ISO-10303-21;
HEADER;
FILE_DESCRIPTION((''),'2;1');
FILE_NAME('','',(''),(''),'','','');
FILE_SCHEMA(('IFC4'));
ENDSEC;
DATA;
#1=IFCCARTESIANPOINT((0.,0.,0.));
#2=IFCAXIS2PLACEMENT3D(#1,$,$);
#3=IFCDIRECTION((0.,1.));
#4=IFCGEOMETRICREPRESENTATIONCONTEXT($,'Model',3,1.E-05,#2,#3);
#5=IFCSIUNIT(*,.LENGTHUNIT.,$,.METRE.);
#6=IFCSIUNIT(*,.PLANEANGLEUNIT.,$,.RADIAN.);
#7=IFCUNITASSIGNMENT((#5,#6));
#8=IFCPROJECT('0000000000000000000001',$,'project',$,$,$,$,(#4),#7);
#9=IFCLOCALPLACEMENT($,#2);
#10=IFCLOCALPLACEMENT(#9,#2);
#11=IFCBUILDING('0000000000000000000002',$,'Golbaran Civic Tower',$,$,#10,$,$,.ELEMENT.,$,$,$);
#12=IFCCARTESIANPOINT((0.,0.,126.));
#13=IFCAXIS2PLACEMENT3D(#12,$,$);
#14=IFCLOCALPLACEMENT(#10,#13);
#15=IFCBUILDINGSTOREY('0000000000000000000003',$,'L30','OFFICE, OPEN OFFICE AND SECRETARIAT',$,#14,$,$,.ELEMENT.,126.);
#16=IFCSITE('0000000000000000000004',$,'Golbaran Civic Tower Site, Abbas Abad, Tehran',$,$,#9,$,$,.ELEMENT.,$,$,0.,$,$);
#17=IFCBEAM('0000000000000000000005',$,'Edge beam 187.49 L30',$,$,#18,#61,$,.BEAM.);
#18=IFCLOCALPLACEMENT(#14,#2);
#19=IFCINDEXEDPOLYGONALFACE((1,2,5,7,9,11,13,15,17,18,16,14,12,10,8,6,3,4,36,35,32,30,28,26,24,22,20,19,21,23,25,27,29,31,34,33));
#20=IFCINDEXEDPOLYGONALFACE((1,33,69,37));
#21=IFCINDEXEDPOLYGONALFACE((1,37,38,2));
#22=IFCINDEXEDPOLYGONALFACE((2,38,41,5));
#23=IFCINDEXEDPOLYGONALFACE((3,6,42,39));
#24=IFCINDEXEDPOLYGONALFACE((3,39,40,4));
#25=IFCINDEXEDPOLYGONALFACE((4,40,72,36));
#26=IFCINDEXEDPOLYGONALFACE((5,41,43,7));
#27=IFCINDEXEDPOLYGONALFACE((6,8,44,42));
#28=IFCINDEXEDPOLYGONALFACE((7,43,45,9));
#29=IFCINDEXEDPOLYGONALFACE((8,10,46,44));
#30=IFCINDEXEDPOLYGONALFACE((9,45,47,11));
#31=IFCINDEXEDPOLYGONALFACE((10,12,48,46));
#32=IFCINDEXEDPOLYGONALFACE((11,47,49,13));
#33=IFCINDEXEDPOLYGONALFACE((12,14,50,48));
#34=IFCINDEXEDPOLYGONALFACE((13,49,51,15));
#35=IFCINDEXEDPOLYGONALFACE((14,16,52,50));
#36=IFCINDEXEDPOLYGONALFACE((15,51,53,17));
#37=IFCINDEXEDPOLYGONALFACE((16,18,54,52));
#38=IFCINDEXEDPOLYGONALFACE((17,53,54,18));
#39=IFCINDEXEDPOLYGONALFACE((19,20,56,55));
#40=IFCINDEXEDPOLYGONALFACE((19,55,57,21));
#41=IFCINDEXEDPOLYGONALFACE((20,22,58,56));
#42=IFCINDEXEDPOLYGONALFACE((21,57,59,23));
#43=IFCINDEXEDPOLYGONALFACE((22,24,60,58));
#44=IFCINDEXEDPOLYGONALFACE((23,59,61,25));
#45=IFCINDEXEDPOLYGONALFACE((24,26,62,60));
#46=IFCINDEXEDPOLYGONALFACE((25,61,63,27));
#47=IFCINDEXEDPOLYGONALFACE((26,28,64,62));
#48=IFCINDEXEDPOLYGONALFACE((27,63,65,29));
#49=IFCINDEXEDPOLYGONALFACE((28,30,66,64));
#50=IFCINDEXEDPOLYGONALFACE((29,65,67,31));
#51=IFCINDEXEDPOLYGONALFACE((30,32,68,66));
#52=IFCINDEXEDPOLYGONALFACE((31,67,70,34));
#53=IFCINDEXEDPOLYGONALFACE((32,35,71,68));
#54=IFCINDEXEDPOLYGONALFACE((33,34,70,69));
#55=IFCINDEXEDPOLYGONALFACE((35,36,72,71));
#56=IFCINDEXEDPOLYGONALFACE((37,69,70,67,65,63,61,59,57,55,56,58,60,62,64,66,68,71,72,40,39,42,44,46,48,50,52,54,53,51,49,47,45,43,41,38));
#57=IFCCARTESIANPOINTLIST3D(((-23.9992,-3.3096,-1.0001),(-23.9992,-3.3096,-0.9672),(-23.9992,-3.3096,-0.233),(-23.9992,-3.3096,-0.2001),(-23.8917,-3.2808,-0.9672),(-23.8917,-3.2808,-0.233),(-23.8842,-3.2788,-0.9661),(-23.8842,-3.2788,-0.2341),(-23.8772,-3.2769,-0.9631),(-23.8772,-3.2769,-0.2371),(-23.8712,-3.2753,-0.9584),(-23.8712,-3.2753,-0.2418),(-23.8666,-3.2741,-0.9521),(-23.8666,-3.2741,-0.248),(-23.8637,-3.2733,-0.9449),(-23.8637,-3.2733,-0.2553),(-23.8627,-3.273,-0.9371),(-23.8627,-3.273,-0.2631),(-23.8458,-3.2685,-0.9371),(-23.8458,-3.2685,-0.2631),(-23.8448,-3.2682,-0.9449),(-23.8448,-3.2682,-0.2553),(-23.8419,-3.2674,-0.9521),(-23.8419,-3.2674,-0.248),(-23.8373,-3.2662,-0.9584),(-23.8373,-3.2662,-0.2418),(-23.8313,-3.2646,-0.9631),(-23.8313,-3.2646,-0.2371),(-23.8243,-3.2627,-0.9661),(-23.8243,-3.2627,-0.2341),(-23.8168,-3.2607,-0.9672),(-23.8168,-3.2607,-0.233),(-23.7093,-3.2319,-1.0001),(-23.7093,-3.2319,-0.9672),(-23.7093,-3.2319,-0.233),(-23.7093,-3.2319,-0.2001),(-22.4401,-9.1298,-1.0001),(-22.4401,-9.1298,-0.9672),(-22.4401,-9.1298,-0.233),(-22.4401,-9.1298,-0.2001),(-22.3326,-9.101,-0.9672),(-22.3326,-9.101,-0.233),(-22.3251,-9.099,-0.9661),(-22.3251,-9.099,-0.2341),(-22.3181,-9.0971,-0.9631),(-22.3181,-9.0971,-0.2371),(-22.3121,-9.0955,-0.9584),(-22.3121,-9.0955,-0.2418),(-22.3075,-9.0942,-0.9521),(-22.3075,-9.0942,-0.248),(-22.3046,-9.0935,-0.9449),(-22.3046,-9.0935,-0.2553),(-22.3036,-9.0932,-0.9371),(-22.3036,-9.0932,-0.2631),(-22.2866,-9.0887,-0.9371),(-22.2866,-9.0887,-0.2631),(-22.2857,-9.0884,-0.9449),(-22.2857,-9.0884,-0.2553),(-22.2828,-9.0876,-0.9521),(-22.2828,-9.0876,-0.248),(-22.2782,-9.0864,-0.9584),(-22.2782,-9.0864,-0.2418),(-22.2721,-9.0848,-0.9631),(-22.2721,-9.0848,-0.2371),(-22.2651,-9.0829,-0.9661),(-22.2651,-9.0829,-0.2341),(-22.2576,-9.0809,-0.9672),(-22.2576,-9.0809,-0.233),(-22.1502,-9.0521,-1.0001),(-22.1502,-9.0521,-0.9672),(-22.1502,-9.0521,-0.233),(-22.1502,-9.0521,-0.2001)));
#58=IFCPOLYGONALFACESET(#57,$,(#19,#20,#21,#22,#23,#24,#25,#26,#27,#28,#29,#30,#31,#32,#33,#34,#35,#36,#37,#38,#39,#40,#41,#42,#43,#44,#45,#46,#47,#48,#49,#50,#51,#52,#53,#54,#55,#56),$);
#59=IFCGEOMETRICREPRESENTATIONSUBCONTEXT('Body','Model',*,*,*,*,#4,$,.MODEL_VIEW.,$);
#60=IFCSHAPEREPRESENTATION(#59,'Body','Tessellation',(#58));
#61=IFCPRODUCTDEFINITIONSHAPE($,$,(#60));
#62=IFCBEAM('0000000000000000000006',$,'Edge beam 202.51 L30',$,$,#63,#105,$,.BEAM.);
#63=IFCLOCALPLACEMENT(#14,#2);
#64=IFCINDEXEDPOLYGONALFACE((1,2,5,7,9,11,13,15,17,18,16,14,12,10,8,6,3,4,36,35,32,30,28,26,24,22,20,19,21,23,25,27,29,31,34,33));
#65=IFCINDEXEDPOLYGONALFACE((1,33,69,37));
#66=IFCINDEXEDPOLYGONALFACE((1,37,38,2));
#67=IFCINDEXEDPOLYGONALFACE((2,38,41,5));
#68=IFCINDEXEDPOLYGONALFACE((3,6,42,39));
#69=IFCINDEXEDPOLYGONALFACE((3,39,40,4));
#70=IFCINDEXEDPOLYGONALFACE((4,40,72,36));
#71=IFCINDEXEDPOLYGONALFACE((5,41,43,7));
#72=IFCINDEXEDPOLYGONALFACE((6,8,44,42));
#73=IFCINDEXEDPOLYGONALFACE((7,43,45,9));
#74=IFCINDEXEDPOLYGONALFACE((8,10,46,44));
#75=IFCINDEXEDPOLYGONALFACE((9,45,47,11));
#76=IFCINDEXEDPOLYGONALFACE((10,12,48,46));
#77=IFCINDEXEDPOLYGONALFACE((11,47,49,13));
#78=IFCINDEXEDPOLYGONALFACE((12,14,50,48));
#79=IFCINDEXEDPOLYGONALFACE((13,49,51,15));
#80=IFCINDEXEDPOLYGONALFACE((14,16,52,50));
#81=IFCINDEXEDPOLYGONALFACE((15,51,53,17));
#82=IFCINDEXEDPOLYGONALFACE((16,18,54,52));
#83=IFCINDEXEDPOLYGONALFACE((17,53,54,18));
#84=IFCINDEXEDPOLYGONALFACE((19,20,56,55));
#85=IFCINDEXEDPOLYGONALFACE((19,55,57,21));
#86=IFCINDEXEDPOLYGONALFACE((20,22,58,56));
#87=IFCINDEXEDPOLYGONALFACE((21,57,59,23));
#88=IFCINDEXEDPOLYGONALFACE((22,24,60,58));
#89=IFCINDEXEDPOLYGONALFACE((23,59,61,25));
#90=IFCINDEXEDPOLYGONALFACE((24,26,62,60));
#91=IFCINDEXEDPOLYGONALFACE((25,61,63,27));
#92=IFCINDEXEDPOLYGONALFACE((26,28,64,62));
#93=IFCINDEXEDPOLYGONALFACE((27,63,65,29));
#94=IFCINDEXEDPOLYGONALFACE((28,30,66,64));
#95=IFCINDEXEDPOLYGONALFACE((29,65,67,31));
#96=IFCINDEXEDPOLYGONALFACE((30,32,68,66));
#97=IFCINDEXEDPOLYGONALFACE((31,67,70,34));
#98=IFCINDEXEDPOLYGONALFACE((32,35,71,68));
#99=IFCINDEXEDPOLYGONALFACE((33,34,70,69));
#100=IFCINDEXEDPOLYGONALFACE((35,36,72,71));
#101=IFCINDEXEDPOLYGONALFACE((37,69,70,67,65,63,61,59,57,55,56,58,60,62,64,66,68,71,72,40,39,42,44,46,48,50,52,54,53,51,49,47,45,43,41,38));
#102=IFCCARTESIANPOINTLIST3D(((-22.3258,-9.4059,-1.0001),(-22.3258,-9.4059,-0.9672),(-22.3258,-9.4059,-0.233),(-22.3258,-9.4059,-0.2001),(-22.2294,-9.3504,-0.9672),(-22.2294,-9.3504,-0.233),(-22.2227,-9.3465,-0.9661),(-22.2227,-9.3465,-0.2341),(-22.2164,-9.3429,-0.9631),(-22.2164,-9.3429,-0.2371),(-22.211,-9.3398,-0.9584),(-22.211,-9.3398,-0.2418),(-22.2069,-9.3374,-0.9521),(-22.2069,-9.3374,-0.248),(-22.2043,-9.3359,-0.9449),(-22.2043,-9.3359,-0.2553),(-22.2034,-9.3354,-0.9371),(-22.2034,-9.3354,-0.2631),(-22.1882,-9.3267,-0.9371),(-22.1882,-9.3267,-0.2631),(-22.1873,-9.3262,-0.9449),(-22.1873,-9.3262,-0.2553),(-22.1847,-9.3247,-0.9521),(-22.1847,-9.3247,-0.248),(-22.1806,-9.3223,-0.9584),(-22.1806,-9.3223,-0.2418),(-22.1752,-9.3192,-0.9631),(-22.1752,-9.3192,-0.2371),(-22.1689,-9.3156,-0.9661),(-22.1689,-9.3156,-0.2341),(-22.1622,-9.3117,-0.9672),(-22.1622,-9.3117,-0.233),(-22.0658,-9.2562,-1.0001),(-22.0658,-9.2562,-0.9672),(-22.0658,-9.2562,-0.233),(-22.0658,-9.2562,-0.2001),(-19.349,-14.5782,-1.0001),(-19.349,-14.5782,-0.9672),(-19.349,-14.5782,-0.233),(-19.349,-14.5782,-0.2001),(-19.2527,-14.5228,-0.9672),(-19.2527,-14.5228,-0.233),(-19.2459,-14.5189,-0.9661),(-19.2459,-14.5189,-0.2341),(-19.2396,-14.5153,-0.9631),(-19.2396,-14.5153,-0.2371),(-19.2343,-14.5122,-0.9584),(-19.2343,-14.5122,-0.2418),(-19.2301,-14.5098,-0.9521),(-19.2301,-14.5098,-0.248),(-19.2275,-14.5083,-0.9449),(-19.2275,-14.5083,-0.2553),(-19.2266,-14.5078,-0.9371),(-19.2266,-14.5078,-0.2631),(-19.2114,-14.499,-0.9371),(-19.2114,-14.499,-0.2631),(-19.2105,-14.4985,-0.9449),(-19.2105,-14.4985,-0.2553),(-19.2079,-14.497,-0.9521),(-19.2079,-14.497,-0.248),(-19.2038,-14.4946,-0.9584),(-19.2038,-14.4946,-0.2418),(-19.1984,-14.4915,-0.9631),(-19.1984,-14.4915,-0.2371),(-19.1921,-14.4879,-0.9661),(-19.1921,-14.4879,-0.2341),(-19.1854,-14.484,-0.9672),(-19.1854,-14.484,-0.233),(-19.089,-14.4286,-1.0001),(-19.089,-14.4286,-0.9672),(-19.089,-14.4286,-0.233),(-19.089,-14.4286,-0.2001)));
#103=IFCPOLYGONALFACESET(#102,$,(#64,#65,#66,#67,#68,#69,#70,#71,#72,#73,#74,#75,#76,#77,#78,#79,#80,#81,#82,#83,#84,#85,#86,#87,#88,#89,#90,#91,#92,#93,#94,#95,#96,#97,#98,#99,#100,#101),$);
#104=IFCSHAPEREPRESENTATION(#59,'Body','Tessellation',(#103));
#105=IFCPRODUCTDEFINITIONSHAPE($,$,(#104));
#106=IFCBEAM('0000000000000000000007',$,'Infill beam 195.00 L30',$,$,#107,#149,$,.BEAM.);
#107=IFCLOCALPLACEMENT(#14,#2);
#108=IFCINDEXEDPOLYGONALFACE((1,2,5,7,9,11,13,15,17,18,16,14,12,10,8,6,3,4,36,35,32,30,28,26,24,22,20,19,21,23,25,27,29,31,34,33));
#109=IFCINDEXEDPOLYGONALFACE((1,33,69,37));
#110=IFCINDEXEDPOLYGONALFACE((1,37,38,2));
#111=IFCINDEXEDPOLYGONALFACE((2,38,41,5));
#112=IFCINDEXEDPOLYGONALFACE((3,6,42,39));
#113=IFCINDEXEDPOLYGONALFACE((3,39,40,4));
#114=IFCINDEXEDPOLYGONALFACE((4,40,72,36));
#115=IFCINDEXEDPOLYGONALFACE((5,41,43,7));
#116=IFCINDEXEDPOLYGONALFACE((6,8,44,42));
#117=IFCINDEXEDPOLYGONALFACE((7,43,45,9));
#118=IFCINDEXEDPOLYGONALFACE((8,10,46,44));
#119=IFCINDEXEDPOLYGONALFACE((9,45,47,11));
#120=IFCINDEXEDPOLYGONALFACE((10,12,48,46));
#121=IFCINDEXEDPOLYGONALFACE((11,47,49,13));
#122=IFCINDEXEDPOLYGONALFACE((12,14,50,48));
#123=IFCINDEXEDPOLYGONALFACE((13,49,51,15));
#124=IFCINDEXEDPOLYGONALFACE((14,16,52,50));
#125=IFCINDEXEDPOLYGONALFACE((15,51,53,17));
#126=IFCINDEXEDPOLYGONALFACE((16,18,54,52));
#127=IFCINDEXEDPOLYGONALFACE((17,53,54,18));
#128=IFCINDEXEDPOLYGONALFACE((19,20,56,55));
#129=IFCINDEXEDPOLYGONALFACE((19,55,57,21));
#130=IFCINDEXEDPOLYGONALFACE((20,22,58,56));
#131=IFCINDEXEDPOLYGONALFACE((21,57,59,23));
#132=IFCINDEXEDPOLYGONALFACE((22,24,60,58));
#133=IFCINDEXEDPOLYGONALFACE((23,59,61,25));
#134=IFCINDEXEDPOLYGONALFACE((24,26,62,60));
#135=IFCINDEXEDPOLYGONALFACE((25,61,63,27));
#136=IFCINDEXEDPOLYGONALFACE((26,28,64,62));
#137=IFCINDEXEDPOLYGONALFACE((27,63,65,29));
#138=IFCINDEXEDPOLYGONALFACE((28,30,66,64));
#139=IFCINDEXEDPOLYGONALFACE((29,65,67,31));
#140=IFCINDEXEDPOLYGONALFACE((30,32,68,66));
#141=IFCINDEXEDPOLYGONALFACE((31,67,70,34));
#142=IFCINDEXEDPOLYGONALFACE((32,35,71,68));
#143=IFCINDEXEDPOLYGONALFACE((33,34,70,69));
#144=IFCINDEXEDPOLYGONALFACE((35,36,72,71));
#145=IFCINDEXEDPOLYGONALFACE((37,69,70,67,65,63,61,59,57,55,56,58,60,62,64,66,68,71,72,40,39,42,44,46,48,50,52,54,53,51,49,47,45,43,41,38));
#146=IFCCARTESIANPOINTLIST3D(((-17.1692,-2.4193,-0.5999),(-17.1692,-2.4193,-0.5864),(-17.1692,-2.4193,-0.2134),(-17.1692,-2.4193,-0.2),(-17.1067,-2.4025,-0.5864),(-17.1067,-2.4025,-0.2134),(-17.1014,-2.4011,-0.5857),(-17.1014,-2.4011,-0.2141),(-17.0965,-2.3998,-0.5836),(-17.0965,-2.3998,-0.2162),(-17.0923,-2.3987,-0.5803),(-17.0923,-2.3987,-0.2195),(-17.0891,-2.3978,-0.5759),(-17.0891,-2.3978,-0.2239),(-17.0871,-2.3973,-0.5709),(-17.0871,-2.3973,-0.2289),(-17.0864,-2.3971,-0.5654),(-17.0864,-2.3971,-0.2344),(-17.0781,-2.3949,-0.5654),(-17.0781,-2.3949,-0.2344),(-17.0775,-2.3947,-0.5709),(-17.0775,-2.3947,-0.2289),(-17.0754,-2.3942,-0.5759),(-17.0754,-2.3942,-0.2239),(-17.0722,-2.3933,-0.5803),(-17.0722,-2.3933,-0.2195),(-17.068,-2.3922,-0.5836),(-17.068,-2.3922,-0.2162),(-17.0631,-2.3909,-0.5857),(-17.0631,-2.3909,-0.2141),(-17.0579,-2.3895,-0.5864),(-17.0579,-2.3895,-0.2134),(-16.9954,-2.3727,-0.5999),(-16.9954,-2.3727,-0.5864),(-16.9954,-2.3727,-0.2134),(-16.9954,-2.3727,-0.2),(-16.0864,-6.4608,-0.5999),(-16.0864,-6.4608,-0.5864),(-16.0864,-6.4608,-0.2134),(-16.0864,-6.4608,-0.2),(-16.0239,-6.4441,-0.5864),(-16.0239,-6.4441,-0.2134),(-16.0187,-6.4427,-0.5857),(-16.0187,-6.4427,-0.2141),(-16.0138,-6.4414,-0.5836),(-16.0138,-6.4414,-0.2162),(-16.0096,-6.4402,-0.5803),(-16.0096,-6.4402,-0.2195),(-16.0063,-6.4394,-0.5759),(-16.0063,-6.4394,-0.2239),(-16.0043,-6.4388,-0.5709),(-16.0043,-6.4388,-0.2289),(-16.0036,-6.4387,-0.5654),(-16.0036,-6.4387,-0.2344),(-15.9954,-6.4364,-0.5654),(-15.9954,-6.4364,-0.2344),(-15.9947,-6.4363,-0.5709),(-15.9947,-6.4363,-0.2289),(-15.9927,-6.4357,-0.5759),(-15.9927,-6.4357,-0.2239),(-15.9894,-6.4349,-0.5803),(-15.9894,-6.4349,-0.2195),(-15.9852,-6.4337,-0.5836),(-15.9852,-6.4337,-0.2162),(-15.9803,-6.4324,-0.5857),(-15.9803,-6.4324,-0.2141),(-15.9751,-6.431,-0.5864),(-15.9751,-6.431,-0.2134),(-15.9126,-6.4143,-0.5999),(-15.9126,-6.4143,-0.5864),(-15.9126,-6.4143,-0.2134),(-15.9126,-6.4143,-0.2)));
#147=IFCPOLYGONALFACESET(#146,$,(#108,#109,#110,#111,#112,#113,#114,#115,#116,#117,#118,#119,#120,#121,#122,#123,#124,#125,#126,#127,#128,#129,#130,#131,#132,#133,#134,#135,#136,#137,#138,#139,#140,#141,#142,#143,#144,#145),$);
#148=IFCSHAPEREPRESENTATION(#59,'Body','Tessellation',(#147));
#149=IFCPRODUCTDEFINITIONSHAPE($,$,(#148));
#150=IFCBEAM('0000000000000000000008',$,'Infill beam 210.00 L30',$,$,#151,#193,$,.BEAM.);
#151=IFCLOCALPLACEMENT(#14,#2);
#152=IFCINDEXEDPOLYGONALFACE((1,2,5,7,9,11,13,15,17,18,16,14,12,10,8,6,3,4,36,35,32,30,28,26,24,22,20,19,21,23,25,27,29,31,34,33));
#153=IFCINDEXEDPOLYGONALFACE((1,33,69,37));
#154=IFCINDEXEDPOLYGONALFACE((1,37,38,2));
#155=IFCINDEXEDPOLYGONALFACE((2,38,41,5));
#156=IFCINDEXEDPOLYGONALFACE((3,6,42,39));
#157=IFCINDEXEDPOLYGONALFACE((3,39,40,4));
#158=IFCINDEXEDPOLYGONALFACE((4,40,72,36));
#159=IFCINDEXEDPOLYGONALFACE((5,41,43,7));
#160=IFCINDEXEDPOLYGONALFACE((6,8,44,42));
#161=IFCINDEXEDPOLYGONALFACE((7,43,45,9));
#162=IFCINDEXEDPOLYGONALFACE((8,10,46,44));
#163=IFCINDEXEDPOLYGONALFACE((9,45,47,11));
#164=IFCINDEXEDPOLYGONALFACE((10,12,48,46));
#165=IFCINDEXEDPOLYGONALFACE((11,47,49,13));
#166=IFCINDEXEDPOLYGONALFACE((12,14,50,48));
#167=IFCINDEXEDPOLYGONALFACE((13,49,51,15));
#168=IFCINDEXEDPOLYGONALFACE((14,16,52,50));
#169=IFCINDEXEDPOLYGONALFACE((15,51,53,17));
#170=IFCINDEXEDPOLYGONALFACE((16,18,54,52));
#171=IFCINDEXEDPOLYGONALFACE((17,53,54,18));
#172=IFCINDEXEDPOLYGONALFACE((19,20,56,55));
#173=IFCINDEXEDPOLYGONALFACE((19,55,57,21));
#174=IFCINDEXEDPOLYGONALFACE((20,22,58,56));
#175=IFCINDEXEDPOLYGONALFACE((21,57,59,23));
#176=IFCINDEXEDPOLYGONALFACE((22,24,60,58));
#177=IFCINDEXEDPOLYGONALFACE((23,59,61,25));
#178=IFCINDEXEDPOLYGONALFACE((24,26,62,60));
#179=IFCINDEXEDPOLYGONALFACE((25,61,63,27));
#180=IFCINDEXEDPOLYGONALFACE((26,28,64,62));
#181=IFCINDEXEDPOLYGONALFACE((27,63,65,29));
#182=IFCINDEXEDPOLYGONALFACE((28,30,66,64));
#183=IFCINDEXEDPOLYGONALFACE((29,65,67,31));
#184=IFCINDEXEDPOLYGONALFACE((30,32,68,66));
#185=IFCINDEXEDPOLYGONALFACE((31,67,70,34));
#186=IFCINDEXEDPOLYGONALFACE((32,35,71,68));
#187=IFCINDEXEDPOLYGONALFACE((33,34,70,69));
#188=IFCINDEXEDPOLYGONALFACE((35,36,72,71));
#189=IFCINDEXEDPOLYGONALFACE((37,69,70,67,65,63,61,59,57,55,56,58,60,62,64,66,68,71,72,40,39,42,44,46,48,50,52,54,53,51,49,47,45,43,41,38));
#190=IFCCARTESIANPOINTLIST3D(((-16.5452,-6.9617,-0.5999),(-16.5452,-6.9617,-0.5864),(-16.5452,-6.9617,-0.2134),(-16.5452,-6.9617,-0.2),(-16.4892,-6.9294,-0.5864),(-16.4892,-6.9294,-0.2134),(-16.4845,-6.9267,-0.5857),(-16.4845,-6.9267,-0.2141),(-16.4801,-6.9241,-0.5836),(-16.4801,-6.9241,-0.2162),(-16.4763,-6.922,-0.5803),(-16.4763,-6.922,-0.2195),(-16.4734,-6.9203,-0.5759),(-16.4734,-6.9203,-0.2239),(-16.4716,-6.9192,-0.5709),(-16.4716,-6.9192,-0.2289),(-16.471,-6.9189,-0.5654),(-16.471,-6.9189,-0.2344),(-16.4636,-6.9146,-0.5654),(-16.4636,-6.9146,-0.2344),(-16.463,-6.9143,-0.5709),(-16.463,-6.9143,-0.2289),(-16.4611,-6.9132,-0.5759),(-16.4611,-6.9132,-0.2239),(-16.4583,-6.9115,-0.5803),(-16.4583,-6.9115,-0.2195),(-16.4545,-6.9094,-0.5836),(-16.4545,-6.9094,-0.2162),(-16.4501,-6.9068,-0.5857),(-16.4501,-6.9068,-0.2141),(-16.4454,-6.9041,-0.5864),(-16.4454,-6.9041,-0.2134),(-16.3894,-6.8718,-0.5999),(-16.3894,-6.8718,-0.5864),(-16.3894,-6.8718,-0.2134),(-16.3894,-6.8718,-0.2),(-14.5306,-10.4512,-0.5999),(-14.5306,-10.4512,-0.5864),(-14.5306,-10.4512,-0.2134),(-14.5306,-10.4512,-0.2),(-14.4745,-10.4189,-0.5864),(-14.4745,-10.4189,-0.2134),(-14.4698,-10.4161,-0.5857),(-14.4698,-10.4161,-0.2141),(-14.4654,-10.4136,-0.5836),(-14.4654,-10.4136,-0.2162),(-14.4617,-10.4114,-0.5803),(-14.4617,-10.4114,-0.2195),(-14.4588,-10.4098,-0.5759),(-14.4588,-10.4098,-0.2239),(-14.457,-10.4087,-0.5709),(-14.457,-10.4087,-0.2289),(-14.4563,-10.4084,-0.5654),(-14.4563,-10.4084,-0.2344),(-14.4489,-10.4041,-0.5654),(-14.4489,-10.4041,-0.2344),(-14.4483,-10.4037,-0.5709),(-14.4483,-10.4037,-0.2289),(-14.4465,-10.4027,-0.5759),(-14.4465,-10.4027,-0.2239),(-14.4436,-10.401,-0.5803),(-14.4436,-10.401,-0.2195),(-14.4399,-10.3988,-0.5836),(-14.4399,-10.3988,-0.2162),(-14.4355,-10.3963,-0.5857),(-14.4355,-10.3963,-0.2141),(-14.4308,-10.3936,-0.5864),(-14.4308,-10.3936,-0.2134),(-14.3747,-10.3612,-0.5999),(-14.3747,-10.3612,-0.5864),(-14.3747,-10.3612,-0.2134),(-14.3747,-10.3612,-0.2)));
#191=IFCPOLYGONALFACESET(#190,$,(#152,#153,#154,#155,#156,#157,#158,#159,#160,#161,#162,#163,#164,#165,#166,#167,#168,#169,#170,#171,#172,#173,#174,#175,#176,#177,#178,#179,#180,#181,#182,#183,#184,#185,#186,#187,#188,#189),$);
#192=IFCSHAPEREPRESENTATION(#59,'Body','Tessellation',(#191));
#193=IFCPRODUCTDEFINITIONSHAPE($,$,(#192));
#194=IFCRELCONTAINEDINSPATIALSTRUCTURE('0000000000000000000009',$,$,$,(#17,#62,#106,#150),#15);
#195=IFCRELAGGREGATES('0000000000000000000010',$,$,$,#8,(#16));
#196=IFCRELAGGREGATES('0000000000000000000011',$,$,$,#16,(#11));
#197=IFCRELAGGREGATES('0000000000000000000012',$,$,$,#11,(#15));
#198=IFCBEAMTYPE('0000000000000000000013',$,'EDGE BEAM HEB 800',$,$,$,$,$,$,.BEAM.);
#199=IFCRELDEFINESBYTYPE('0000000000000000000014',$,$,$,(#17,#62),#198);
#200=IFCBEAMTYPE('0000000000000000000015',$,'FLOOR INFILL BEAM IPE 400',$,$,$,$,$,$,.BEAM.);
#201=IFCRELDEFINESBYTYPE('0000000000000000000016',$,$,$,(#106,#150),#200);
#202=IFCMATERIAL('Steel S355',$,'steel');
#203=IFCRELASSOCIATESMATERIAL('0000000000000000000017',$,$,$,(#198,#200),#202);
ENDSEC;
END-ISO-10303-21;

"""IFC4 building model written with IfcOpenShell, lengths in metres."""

from ifc_helpers import new_model, si_unit, direction, frame, origin, origin_2d, place, context, subcontext, project, spatial, i_section, extrude, material, material_profile, profile_set, type_object, element, save


model = new_model("IFC4")

# Units and contexts
model_context = context("Model", 3, precision=1e-05, world=origin(), true_north=direction((0.0, 1.0)))
body_context = subcontext(model_context, "Body", "Model", "MODEL_VIEW")
ifc_project = project(units=[si_unit("LENGTHUNIT", "METRE"), si_unit("PLANEANGLEUNIT", "RADIAN")], contexts=[model_context])

# Site, building, storey
site_placement = place(None, origin())
site = spatial("IfcSite", under=ifc_project, at=site_placement, Name="Golbaran Civic Tower Site, Abbas Abad, Tehran", CompositionType="ELEMENT", RefElevation=0.0)
building_placement = place(site_placement, origin())
building = spatial("IfcBuilding", under=site, at=building_placement, Name="Golbaran Civic Tower", CompositionType="ELEMENT")
storey_placement = place(building_placement, frame((0.0, 0.0, 126.0)))
storey = spatial("IfcBuildingStorey", under=building, at=storey_placement, Name="L30", Description="OFFICE, OPEN OFFICE AND SECRETARIAT", CompositionType="ELEMENT", Elevation=126.0)

# Beams
ifc_material_1 = material(Name="Steel S355", Category="steel")
ifc_material_profile_1 = material_profile(ifc_material_1, i_section(OverallWidth=0.3, OverallDepth=0.8, WebThickness=0.0176, FlangeThickness=0.033, FilletRadius=0.03, at=origin_2d()), Name="HEB 800")
ifc_profile_set_1 = profile_set([ifc_material_profile_1], Name="Steel S355")
beam_type_1 = type_object("IfcBeamType", Name="EDGE BEAM HEB 800", PredefinedType="BEAM", material=ifc_profile_set_1)
beam_1_placement = place(storey_placement, frame((-23.8542, -3.2708, -0.6001), z_axis=(0.258757, -0.965942, 0.0), x_axis=(0.965942, 0.258757, 0.0)))
element("IfcBeam", 1, at=beam_1_placement, inside=storey, type_object=beam_type_1, Name="Edge beam 187.49 L30", PredefinedType="BEAM", context=body_context, shape_type="SweptSolid", body=[
    extrude(i_section(OverallWidth=0.3, OverallDepth=0.8, WebThickness=0.0176, FlangeThickness=0.033, FilletRadius=0.03, at=origin_2d()), origin(), (0.0, 0.0, 1.0), 6.0254),
])
beam_2_placement = place(storey_placement, frame((-22.1958, -9.3311, -0.6001), z_axis=(0.498811, -0.866711, 0.0), x_axis=(0.866711, 0.498811, 0.0)))
element("IfcBeam", 2, at=beam_2_placement, inside=storey, type_object=beam_type_1, Name="Edge beam 202.51 L30", PredefinedType="BEAM", context=body_context, shape_type="SweptSolid", body=[
    extrude(i_section(OverallWidth=0.3, OverallDepth=0.8, WebThickness=0.0176, FlangeThickness=0.033, FilletRadius=0.03, at=origin_2d()), origin(), (0.0, 0.0, 1.0), 5.9678),
])
ifc_material_profile_2 = material_profile(ifc_material_1, i_section(OverallWidth=0.1799, OverallDepth=0.3999, WebThickness=0.0085, FlangeThickness=0.0134, FilletRadius=0.021, at=origin_2d()), Name="IPE 400")
ifc_profile_set_2 = profile_set([ifc_material_profile_2], Name="Steel S355")
beam_type_2 = type_object("IfcBeamType", Name="FLOOR INFILL BEAM IPE 400", PredefinedType="BEAM", material=ifc_profile_set_2)
beam_3_placement = place(storey_placement, frame((-17.0823, -2.396, -0.3999), z_axis=(0.258785, -0.965935, 0.0), x_axis=(0.965935, 0.258785, 0.0)))
element("IfcBeam", 3, at=beam_3_placement, inside=storey, type_object=beam_type_2, Name="Infill beam 195.00 L30", PredefinedType="BEAM", context=body_context, shape_type="SweptSolid", body=[
    extrude(i_section(OverallWidth=0.1799, OverallDepth=0.3999, WebThickness=0.0085, FlangeThickness=0.0134, FilletRadius=0.021, at=origin_2d()), origin(), (0.0, 0.0, 1.0), 4.1841),
])
beam_4_placement = place(storey_placement, frame((-16.4673, -6.9167, -0.3999), z_axis=(0.499997, -0.866027, 0.0), x_axis=(0.866027, 0.499997, 0.0)))
element("IfcBeam", 4, at=beam_4_placement, inside=storey, type_object=beam_type_2, Name="Infill beam 210.00 L30", PredefinedType="BEAM", context=body_context, shape_type="SweptSolid", body=[
    extrude(i_section(OverallWidth=0.1799, OverallDepth=0.3999, WebThickness=0.0085, FlangeThickness=0.0134, FilletRadius=0.021, at=origin_2d()), origin(), (0.0, 0.0, 1.0), 4.0293),
])

save(model, "model.ifc")
